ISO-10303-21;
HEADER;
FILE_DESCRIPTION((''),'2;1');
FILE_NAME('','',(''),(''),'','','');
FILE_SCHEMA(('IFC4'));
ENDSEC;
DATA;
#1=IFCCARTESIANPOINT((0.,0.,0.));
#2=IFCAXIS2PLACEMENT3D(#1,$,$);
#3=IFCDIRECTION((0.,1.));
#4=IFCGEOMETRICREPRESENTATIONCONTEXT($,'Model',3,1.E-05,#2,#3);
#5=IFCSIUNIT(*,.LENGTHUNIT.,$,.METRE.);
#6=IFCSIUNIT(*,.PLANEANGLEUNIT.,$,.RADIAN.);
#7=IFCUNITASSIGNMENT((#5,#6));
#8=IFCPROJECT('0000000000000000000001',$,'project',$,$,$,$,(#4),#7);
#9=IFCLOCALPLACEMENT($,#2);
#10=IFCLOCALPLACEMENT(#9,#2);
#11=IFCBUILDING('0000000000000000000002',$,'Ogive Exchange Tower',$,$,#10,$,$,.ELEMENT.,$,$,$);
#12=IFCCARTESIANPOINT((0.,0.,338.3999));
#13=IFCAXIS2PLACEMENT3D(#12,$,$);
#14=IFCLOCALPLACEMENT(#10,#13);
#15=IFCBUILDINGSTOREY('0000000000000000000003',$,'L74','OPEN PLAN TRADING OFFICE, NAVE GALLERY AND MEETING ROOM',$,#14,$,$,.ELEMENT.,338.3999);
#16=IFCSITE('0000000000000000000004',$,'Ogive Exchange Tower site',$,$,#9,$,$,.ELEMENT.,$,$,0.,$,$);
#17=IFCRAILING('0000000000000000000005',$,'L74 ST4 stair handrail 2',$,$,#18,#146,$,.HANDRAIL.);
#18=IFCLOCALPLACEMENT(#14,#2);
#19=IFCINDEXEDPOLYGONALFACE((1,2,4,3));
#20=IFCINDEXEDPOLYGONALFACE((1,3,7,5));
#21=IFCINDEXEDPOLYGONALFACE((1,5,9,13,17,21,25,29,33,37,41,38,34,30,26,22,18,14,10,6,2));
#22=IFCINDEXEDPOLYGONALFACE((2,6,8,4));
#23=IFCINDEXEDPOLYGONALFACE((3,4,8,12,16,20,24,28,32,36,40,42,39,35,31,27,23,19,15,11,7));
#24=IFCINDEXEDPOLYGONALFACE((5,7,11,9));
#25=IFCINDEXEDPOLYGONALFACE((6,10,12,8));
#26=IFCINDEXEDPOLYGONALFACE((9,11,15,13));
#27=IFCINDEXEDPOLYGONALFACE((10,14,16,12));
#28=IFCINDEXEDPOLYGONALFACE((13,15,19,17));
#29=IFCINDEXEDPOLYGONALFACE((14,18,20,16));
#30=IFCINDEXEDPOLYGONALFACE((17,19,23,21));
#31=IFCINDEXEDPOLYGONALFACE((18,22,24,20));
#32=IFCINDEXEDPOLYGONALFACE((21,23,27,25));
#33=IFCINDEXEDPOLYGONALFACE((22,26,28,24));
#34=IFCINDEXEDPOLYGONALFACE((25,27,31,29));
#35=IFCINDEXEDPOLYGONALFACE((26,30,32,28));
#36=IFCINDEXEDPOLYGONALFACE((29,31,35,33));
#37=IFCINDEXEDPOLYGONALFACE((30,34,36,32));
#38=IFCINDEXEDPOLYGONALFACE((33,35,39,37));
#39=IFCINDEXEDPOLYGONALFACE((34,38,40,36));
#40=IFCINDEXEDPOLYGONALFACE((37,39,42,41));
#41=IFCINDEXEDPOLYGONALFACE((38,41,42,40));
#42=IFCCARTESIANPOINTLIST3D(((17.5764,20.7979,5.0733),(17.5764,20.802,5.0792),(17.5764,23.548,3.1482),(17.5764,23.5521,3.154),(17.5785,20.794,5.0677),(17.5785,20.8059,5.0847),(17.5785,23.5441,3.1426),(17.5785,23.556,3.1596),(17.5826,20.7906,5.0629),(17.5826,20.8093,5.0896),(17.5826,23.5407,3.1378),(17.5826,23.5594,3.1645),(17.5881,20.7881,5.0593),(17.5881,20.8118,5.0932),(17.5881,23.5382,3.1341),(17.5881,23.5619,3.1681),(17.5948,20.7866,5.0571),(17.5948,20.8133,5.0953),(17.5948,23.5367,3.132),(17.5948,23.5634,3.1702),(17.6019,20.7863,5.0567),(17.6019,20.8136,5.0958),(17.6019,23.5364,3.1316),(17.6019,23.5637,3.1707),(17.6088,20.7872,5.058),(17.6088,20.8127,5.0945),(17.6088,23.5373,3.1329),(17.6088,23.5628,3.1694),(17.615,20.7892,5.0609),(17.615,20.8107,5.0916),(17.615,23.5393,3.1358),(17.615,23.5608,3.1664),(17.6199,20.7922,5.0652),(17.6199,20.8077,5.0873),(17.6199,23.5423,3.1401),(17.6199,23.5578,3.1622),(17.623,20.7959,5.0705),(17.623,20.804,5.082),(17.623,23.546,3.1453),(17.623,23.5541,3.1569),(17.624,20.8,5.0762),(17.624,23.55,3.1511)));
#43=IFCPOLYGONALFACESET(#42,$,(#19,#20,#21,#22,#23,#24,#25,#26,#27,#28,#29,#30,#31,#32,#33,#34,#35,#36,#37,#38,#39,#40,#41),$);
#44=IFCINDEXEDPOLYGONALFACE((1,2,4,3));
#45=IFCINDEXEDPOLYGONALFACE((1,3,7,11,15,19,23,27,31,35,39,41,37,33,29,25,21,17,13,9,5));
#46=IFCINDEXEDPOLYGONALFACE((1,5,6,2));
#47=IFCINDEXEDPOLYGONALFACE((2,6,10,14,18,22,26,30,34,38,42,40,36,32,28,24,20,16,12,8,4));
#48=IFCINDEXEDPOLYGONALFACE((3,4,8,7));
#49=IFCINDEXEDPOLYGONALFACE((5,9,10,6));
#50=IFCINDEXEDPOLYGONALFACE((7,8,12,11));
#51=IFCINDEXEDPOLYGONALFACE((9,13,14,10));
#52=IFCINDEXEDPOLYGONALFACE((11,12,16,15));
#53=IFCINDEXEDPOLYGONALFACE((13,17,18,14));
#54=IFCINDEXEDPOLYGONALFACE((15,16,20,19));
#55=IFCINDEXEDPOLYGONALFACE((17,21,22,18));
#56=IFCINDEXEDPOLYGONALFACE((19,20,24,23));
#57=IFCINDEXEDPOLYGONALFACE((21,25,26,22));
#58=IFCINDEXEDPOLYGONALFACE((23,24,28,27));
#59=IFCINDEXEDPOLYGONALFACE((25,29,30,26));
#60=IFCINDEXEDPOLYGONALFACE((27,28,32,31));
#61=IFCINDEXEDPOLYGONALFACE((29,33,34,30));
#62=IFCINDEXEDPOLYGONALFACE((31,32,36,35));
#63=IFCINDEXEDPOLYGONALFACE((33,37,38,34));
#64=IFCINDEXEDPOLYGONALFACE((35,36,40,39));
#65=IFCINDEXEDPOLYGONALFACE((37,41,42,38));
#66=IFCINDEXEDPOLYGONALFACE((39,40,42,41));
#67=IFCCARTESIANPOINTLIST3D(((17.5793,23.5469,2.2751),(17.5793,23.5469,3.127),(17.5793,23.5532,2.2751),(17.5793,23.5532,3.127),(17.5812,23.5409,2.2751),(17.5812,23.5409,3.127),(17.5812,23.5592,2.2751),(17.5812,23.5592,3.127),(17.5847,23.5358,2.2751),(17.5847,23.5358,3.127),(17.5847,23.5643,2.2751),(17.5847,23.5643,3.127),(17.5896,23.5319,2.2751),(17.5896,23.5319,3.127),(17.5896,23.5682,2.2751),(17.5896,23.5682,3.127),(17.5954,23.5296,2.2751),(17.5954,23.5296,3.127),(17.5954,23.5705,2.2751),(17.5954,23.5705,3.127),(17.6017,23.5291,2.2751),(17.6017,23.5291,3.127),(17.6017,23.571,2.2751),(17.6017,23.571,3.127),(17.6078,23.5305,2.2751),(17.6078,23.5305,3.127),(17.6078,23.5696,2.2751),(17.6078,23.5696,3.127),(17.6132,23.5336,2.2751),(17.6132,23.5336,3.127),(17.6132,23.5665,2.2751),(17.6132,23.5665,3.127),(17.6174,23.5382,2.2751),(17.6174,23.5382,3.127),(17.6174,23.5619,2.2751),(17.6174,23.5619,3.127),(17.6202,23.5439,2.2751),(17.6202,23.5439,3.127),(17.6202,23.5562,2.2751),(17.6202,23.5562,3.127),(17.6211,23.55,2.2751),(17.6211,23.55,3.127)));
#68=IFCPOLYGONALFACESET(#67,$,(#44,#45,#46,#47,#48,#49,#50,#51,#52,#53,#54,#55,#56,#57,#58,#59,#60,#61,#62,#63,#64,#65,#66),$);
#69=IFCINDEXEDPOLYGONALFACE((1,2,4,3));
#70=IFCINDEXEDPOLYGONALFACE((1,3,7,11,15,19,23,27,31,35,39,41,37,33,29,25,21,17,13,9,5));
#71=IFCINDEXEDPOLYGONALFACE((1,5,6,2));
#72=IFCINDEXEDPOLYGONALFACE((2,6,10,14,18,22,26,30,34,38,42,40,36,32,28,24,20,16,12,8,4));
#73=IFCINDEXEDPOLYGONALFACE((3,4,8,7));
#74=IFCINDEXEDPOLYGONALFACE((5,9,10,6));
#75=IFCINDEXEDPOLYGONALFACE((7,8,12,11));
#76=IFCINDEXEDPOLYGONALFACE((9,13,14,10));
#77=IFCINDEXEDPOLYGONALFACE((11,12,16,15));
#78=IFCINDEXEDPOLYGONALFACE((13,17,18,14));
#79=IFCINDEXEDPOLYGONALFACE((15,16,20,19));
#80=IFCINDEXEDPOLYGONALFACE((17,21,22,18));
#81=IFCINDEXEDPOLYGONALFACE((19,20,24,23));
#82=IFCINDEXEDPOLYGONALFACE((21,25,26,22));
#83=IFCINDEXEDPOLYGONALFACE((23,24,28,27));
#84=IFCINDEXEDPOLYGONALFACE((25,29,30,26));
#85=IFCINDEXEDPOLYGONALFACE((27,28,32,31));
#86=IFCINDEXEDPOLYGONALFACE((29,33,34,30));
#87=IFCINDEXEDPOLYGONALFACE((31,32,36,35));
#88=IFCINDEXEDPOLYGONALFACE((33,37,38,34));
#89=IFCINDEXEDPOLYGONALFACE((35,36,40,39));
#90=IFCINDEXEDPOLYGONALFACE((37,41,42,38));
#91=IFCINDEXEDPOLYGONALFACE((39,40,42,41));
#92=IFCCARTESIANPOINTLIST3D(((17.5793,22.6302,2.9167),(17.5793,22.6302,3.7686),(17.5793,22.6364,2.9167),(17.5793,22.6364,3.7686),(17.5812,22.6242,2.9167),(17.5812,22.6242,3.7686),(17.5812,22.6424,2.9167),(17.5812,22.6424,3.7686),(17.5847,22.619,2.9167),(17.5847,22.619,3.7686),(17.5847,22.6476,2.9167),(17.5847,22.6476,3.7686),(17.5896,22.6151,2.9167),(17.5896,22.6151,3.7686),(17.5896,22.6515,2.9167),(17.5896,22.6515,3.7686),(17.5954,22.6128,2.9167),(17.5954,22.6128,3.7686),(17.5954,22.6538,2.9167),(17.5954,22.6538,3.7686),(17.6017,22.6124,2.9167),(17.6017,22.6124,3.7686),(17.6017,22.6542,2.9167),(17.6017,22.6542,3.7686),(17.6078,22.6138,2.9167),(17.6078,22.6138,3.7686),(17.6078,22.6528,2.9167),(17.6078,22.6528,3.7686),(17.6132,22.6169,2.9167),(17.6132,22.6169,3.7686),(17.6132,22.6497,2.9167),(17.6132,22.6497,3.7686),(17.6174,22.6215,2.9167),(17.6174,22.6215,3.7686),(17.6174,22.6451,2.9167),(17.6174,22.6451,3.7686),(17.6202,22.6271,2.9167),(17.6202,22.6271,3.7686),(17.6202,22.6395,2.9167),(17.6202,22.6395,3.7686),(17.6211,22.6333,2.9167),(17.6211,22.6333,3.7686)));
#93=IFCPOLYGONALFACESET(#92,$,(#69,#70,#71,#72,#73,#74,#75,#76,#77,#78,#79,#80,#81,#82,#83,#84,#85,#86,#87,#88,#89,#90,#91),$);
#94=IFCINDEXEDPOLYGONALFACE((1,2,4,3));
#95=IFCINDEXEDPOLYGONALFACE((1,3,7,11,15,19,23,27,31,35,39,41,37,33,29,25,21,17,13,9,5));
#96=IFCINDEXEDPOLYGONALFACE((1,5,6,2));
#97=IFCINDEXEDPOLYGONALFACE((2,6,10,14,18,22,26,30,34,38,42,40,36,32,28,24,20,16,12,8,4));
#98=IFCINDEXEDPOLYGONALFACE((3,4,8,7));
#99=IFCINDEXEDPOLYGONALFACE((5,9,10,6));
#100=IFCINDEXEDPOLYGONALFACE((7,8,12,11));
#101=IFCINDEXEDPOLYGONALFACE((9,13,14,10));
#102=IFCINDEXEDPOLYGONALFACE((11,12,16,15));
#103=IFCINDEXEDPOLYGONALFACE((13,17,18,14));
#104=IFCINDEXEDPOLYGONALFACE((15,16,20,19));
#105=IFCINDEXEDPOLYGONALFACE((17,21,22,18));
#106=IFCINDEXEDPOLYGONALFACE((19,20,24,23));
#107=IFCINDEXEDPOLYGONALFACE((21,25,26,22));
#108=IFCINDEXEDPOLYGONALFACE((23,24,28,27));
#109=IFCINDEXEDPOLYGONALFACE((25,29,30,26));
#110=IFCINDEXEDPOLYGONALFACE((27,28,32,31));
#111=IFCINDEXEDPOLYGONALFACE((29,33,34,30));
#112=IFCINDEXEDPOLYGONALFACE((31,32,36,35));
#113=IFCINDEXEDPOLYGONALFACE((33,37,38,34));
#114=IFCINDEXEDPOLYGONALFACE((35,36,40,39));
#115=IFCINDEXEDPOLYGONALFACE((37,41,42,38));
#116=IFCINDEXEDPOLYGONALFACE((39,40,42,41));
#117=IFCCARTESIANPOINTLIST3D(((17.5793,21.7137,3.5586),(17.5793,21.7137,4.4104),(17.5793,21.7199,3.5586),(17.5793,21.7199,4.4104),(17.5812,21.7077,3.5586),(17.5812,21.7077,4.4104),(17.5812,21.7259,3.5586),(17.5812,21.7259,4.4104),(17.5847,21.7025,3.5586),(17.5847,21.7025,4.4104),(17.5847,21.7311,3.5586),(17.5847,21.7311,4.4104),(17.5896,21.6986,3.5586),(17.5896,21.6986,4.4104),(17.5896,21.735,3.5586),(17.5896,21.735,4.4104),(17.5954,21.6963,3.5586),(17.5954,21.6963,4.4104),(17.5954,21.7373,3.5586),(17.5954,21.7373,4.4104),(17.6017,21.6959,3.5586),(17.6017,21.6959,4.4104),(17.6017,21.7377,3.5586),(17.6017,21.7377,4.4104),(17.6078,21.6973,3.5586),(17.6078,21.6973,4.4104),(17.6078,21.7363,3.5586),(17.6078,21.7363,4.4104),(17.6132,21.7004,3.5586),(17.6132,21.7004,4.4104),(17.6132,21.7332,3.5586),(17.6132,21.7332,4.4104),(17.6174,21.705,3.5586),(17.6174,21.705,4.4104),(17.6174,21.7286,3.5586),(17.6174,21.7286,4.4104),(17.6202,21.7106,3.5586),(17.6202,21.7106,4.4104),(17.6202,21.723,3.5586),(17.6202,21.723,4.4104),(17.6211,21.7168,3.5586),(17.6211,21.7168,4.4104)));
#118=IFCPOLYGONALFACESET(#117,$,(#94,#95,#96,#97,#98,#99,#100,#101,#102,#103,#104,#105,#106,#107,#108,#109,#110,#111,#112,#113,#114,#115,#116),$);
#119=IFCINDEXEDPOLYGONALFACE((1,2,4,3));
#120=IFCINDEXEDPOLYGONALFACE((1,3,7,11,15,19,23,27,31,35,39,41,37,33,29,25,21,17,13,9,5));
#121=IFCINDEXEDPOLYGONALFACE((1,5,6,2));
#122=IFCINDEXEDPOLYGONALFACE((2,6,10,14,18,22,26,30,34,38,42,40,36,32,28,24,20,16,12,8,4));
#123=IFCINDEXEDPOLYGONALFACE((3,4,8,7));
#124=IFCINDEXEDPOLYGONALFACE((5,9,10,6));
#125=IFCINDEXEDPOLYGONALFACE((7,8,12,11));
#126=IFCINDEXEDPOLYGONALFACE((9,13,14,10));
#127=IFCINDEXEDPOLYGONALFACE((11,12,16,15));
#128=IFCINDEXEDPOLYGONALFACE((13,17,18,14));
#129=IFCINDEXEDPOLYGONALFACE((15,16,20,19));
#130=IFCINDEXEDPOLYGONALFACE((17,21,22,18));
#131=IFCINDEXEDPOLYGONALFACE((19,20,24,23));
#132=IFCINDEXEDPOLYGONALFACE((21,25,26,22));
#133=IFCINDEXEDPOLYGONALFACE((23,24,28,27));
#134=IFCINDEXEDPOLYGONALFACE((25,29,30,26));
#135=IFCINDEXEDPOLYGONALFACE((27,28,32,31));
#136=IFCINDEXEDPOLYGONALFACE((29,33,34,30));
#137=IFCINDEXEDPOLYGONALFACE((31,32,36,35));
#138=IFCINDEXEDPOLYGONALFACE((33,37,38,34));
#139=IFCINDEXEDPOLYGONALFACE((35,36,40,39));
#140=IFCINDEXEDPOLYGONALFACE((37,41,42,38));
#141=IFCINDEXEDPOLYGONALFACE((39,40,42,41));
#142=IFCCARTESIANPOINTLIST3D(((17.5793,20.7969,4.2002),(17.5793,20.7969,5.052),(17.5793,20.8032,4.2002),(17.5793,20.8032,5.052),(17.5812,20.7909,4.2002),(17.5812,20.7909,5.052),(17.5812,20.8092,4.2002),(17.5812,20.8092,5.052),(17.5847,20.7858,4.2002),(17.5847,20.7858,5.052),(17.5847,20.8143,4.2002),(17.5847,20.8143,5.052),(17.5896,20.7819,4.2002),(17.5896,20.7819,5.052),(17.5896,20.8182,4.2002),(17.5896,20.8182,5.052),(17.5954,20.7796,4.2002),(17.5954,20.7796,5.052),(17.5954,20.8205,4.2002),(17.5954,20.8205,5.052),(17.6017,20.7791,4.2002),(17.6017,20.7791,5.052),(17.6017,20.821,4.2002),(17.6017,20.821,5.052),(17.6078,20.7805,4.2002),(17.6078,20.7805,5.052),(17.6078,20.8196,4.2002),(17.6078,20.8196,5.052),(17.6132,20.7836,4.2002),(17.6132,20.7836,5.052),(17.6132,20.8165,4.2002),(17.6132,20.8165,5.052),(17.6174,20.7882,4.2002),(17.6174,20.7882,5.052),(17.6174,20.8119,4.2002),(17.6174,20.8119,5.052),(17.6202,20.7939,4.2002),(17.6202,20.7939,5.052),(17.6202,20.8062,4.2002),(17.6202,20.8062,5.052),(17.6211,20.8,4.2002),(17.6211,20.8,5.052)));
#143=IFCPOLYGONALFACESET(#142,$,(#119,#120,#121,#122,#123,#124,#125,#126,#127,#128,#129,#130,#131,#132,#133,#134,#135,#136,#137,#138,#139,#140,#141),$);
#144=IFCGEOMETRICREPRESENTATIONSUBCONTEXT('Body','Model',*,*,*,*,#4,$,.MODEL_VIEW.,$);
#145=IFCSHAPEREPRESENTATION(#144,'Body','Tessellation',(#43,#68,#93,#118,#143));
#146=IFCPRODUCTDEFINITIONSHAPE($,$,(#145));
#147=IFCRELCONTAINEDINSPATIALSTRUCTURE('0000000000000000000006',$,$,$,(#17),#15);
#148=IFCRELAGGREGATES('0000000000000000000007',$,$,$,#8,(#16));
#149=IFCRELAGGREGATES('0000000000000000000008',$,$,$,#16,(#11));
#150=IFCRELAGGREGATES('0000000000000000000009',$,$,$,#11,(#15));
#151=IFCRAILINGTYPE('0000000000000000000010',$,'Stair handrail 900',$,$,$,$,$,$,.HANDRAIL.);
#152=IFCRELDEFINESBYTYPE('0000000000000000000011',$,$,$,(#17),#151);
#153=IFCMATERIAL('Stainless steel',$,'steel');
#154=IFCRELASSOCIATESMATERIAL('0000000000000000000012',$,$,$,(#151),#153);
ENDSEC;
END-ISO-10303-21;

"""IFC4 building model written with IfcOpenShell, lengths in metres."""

from ifc_helpers import new_model, si_unit, direction, frame, origin, origin_2d, place, context, subcontext, project, spatial, circle, extrude, material, type_object, element, save


model = new_model("IFC4")

# Units and contexts
model_context = context("Model", 3, precision=1e-05, world=origin(), true_north=direction((0.0, 1.0)))
body_context = subcontext(model_context, "Body", "Model", "MODEL_VIEW")
ifc_project = project(units=[si_unit("LENGTHUNIT", "METRE"), si_unit("PLANEANGLEUNIT", "RADIAN")], contexts=[model_context])

# Site, building, storey
site_placement = place(None, origin())
site = spatial("IfcSite", under=ifc_project, at=site_placement, Name="Ogive Exchange Tower site", CompositionType="ELEMENT", RefElevation=0.0)
building_placement = place(site_placement, origin())
building = spatial("IfcBuilding", under=site, at=building_placement, Name="Ogive Exchange Tower", CompositionType="ELEMENT")
storey_placement = place(building_placement, frame((0.0, 0.0, 338.3999)))
storey = spatial("IfcBuildingStorey", under=building, at=storey_placement, Name="L74", Description="OPEN PLAN TRADING OFFICE, NAVE GALLERY AND MEETING ROOM", CompositionType="ELEMENT", Elevation=338.3999)

# Railing
ifc_material_1 = material(Name="Stainless steel", Category="steel")
railing_type = type_object("IfcRailingType", Name="Stair handrail 900", PredefinedType="HANDRAIL", material=ifc_material_1)
railing_1_placement = place(storey_placement, frame((17.6001, 23.55, 2.2751)))
element("IfcRailing", 1, at=railing_1_placement, inside=storey, type_object=railing_type, Name="L74 ST4 stair handrail 2", PredefinedType="HANDRAIL", context=body_context, shape_type="SweptSolid", body=[
    extrude(circle(Radius=0.0239, at=origin_2d()), frame((0.0, 0.0, 0.876), z_axis=(0.0, -0.819225, 0.573472), x_axis=(1.0, 0.0, 0.0)), (0.0, 0.0, 1.0), 3.3569),
    extrude(circle(Radius=0.021, at=origin_2d()), origin(), (0.0, 0.0, 1.0), 0.8518),
    extrude(circle(Radius=0.021, at=origin_2d()), frame((0.0, -0.9167, 0.6416)), (0.0, 0.0, 1.0), 0.8518),
    extrude(circle(Radius=0.021, at=origin_2d()), frame((0.0, -1.8333, 1.2834)), (0.0, 0.0, 1.0), 0.8518),
    extrude(circle(Radius=0.021, at=origin_2d()), frame((0.0, -2.75, 1.925)), (0.0, 0.0, 1.0), 0.8518),
])

save(model, "model.ifc")
